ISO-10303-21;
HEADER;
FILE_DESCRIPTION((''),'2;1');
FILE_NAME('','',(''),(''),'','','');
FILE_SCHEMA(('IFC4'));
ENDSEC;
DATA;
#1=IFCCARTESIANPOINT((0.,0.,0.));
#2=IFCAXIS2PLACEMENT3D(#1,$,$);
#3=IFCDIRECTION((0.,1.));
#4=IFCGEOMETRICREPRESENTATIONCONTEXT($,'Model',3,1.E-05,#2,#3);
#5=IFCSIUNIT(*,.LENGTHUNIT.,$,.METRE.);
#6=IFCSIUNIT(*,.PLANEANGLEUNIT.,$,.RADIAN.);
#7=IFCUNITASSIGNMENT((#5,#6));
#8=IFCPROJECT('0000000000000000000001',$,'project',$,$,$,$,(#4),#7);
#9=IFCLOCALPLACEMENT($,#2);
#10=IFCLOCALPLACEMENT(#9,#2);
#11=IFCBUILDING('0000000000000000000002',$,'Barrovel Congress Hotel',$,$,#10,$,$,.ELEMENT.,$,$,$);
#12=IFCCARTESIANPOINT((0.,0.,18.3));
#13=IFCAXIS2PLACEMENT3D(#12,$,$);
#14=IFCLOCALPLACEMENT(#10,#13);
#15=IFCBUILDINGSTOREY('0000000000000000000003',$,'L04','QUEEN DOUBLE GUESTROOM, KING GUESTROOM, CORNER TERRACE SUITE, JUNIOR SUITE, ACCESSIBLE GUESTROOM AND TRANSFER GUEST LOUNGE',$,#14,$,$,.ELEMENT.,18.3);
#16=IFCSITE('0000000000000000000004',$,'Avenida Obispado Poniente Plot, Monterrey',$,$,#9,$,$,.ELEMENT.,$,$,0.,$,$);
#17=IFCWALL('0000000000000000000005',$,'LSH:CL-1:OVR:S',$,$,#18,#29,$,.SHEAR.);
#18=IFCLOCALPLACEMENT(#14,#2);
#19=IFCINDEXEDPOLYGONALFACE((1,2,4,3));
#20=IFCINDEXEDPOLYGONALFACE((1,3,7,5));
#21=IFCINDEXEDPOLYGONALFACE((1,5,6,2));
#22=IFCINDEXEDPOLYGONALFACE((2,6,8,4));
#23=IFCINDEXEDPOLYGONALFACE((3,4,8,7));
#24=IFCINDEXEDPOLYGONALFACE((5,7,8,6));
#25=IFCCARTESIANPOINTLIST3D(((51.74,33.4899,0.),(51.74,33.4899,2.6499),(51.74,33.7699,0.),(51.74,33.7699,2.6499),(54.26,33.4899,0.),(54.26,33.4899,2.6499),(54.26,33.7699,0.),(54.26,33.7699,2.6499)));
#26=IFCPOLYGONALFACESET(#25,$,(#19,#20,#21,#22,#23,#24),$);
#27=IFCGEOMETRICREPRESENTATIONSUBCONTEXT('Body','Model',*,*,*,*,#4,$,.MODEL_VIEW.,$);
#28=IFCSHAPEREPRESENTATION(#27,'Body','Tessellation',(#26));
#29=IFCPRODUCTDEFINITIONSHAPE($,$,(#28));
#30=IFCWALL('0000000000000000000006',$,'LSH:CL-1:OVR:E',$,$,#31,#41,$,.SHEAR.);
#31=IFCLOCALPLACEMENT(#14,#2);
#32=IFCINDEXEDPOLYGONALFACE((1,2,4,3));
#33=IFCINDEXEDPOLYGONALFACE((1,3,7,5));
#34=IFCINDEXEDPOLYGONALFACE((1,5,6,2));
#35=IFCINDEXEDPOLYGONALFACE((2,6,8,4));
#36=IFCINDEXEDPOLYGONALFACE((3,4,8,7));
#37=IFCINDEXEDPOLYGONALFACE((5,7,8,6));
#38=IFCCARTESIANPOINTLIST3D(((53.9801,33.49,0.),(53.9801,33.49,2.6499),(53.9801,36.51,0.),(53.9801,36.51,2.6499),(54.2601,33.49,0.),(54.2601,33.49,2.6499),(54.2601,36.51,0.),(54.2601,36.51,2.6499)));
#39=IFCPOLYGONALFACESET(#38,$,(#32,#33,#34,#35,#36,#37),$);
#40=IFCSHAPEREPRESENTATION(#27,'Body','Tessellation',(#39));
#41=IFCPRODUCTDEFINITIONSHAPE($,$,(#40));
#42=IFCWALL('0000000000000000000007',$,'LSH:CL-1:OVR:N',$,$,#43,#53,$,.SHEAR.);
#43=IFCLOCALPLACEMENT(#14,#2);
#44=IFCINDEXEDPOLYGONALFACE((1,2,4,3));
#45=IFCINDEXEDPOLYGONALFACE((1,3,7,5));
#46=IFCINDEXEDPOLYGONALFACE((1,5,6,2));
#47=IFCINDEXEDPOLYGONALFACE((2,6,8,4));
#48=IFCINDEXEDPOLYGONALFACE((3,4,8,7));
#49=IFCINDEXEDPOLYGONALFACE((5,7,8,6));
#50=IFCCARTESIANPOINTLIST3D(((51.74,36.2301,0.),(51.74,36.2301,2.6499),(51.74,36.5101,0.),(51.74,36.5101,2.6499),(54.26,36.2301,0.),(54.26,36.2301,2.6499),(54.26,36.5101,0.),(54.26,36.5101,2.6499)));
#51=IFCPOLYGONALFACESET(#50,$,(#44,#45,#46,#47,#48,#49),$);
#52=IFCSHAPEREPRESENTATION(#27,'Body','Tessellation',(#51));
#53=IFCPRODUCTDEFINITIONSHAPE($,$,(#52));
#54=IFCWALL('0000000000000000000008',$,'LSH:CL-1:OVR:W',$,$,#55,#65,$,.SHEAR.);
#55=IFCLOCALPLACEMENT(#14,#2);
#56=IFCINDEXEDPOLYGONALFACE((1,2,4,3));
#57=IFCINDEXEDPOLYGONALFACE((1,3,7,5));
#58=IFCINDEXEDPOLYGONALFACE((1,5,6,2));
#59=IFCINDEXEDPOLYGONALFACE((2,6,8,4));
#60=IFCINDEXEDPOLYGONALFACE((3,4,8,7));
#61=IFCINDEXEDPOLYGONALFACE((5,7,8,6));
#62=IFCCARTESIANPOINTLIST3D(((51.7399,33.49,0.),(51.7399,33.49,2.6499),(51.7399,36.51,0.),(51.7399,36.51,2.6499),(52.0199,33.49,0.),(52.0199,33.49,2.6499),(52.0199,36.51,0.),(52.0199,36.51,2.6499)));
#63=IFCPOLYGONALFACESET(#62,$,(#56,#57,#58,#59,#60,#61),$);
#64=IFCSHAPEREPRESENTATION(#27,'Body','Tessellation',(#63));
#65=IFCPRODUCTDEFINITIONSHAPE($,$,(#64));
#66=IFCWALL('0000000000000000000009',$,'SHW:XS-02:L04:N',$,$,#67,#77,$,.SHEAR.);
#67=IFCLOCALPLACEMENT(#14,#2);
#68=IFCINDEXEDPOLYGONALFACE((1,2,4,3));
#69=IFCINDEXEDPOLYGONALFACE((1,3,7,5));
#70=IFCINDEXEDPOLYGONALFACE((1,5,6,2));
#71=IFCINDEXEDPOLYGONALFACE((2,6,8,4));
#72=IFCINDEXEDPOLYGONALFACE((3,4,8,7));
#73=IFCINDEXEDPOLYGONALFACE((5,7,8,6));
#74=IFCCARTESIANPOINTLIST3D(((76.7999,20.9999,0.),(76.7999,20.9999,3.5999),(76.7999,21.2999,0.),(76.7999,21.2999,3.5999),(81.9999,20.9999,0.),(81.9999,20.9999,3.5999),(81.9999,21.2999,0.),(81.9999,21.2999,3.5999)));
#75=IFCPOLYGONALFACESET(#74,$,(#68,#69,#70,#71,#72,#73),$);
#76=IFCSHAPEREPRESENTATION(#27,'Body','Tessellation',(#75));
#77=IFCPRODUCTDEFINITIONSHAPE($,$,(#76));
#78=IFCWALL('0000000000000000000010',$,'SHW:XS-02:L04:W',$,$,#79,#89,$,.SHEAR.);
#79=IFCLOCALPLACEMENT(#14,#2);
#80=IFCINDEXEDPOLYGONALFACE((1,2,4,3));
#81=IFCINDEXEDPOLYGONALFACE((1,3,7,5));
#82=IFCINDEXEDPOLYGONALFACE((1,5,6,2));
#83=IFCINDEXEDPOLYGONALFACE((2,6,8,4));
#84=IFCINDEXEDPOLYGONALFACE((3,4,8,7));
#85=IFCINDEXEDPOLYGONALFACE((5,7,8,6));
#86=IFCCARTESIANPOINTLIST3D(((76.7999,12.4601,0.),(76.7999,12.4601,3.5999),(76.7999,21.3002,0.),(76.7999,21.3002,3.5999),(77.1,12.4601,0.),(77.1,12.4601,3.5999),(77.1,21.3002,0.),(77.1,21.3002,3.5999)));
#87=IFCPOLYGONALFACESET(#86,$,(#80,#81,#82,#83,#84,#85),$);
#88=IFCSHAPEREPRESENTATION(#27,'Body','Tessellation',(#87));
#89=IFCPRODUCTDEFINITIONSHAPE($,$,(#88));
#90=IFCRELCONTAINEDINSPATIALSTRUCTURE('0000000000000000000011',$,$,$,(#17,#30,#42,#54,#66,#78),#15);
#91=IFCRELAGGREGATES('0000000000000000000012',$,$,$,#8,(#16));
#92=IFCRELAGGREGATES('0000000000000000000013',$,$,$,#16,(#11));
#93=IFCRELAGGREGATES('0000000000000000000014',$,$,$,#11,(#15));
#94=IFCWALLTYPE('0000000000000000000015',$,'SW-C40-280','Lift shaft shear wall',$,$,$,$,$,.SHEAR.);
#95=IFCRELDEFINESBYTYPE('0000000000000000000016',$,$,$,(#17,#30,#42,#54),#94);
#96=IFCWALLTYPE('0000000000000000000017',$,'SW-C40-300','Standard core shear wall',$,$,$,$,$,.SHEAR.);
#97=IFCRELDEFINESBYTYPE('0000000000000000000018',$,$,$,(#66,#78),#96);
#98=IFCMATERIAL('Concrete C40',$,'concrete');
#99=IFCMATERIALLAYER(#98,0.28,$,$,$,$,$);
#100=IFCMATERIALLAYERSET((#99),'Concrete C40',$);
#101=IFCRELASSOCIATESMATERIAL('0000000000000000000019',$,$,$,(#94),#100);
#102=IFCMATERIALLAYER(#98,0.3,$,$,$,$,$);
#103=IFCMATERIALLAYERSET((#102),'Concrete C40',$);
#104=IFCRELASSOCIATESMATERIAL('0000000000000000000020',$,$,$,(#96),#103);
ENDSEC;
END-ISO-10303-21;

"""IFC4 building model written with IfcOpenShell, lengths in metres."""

from ifc_helpers import new_model, si_unit, direction, frame, frame_2d, origin, place, context, subcontext, project, spatial, rectangle, extrude, material, layer, layer_set, type_object, element, save


model = new_model("IFC4")

# Units and contexts
model_context = context("Model", 3, precision=1e-05, world=origin(), true_north=direction((0.0, 1.0)))
body_context = subcontext(model_context, "Body", "Model", "MODEL_VIEW")
ifc_project = project(units=[si_unit("LENGTHUNIT", "METRE"), si_unit("PLANEANGLEUNIT", "RADIAN")], contexts=[model_context])

# Site, building, storey
site_placement = place(None, origin())
site = spatial("IfcSite", under=ifc_project, at=site_placement, Name="Avenida Obispado Poniente Plot, Monterrey", CompositionType="ELEMENT", RefElevation=0.0)
building_placement = place(site_placement, origin())
building = spatial("IfcBuilding", under=site, at=building_placement, Name="Barrovel Congress Hotel", CompositionType="ELEMENT")
storey_placement = place(building_placement, frame((0.0, 0.0, 18.3)))
storey = spatial("IfcBuildingStorey", under=building, at=storey_placement, Name="L04", Description="QUEEN DOUBLE GUESTROOM, KING GUESTROOM, CORNER TERRACE SUITE, JUNIOR SUITE, ACCESSIBLE GUESTROOM AND TRANSFER GUEST LOUNGE", CompositionType="ELEMENT", Elevation=18.3)

# Shared definitions
ifc_material_1 = material(Name="Concrete C40", Category="concrete")

# Walls
ifc_layer_1 = layer(ifc_material_1, 0.28)
ifc_layer_set_1 = layer_set([ifc_layer_1], Name="Concrete C40")
wall_type_1 = type_object("IfcWallType", Name="SW-C40-280", Description="Lift shaft shear wall", PredefinedType="SHEAR", material=ifc_layer_set_1)
wall_1_placement = place(storey_placement, frame((51.74, 33.6299, 0.0), z_axis=(0.0, 0.0, 1.0), x_axis=(1.0, 0.0, 0.0)))
element("IfcWall", 1, at=wall_1_placement, inside=storey, type_object=wall_type_1, Name="LSH:CL-1:OVR:S", PredefinedType="SHEAR", context=body_context, shape_type="SweptSolid", body=[
    extrude(rectangle(XDim=2.52, YDim=0.28, at=frame_2d((1.26, 0.0))), origin(), (0.0, 0.0, 1.0), 2.6499),
])
wall_2_placement = place(storey_placement, frame((54.1201, 33.49, 0.0), z_axis=(0.0, 0.0, 1.0), x_axis=(0.0, 1.0, 0.0)))
element("IfcWall", 2, at=wall_2_placement, inside=storey, type_object=wall_type_1, Name="LSH:CL-1:OVR:E", PredefinedType="SHEAR", context=body_context, shape_type="SweptSolid", body=[
    extrude(rectangle(XDim=3.02, YDim=0.28, at=frame_2d((1.51, 0.0))), origin(), (0.0, 0.0, 1.0), 2.6499),
])
wall_3_placement = place(storey_placement, frame((54.26, 36.3701, 0.0), z_axis=(0.0, 0.0, 1.0), x_axis=(-1.0, 0.0, 0.0)))
element("IfcWall", 3, at=wall_3_placement, inside=storey, type_object=wall_type_1, Name="LSH:CL-1:OVR:N", PredefinedType="SHEAR", context=body_context, shape_type="SweptSolid", body=[
    extrude(rectangle(XDim=2.52, YDim=0.28, at=frame_2d((1.26, 0.0))), origin(), (0.0, 0.0, 1.0), 2.6499),
])
wall_4_placement = place(storey_placement, frame((51.8799, 36.51, 0.0), z_axis=(0.0, 0.0, 1.0), x_axis=(0.0, -1.0, 0.0)))
element("IfcWall", 4, at=wall_4_placement, inside=storey, type_object=wall_type_1, Name="LSH:CL-1:OVR:W", PredefinedType="SHEAR", context=body_context, shape_type="SweptSolid", body=[
    extrude(rectangle(XDim=3.02, YDim=0.28, at=frame_2d((1.51, 0.0))), origin(), (0.0, 0.0, 1.0), 2.6499),
])
ifc_layer_2 = layer(ifc_material_1, 0.3)
ifc_layer_set_2 = layer_set([ifc_layer_2], Name="Concrete C40")
wall_type_2 = type_object("IfcWallType", Name="SW-C40-300", Description="Standard core shear wall", PredefinedType="SHEAR", material=ifc_layer_set_2)
wall_5_placement = place(storey_placement, frame((82.0, 21.1499, 0.0), z_axis=(0.0, 0.0, 1.0), x_axis=(-1.0, 0.0, 0.0)))
element("IfcWall", 5, at=wall_5_placement, inside=storey, type_object=wall_type_2, Name="SHW:XS-02:L04:N", PredefinedType="SHEAR", context=body_context, shape_type="SweptSolid", body=[
    extrude(rectangle(XDim=5.2, YDim=0.3, at=frame_2d((2.6001, 0.0))), origin(), (0.0, 0.0, 1.0), 3.5999),
])
wall_6_placement = place(storey_placement, frame((76.95, 21.3, 0.0), z_axis=(0.0, 0.0, 1.0), x_axis=(0.0, -1.0, 0.0)))
element("IfcWall", 6, at=wall_6_placement, inside=storey, type_object=wall_type_2, Name="SHW:XS-02:L04:W", PredefinedType="SHEAR", context=body_context, shape_type="SweptSolid", body=[
    extrude(rectangle(XDim=8.8401, YDim=0.3, at=frame_2d((4.4199, 0.0))), origin(), (0.0, 0.0, 1.0), 3.5999),
])

save(model, "model.ifc")
